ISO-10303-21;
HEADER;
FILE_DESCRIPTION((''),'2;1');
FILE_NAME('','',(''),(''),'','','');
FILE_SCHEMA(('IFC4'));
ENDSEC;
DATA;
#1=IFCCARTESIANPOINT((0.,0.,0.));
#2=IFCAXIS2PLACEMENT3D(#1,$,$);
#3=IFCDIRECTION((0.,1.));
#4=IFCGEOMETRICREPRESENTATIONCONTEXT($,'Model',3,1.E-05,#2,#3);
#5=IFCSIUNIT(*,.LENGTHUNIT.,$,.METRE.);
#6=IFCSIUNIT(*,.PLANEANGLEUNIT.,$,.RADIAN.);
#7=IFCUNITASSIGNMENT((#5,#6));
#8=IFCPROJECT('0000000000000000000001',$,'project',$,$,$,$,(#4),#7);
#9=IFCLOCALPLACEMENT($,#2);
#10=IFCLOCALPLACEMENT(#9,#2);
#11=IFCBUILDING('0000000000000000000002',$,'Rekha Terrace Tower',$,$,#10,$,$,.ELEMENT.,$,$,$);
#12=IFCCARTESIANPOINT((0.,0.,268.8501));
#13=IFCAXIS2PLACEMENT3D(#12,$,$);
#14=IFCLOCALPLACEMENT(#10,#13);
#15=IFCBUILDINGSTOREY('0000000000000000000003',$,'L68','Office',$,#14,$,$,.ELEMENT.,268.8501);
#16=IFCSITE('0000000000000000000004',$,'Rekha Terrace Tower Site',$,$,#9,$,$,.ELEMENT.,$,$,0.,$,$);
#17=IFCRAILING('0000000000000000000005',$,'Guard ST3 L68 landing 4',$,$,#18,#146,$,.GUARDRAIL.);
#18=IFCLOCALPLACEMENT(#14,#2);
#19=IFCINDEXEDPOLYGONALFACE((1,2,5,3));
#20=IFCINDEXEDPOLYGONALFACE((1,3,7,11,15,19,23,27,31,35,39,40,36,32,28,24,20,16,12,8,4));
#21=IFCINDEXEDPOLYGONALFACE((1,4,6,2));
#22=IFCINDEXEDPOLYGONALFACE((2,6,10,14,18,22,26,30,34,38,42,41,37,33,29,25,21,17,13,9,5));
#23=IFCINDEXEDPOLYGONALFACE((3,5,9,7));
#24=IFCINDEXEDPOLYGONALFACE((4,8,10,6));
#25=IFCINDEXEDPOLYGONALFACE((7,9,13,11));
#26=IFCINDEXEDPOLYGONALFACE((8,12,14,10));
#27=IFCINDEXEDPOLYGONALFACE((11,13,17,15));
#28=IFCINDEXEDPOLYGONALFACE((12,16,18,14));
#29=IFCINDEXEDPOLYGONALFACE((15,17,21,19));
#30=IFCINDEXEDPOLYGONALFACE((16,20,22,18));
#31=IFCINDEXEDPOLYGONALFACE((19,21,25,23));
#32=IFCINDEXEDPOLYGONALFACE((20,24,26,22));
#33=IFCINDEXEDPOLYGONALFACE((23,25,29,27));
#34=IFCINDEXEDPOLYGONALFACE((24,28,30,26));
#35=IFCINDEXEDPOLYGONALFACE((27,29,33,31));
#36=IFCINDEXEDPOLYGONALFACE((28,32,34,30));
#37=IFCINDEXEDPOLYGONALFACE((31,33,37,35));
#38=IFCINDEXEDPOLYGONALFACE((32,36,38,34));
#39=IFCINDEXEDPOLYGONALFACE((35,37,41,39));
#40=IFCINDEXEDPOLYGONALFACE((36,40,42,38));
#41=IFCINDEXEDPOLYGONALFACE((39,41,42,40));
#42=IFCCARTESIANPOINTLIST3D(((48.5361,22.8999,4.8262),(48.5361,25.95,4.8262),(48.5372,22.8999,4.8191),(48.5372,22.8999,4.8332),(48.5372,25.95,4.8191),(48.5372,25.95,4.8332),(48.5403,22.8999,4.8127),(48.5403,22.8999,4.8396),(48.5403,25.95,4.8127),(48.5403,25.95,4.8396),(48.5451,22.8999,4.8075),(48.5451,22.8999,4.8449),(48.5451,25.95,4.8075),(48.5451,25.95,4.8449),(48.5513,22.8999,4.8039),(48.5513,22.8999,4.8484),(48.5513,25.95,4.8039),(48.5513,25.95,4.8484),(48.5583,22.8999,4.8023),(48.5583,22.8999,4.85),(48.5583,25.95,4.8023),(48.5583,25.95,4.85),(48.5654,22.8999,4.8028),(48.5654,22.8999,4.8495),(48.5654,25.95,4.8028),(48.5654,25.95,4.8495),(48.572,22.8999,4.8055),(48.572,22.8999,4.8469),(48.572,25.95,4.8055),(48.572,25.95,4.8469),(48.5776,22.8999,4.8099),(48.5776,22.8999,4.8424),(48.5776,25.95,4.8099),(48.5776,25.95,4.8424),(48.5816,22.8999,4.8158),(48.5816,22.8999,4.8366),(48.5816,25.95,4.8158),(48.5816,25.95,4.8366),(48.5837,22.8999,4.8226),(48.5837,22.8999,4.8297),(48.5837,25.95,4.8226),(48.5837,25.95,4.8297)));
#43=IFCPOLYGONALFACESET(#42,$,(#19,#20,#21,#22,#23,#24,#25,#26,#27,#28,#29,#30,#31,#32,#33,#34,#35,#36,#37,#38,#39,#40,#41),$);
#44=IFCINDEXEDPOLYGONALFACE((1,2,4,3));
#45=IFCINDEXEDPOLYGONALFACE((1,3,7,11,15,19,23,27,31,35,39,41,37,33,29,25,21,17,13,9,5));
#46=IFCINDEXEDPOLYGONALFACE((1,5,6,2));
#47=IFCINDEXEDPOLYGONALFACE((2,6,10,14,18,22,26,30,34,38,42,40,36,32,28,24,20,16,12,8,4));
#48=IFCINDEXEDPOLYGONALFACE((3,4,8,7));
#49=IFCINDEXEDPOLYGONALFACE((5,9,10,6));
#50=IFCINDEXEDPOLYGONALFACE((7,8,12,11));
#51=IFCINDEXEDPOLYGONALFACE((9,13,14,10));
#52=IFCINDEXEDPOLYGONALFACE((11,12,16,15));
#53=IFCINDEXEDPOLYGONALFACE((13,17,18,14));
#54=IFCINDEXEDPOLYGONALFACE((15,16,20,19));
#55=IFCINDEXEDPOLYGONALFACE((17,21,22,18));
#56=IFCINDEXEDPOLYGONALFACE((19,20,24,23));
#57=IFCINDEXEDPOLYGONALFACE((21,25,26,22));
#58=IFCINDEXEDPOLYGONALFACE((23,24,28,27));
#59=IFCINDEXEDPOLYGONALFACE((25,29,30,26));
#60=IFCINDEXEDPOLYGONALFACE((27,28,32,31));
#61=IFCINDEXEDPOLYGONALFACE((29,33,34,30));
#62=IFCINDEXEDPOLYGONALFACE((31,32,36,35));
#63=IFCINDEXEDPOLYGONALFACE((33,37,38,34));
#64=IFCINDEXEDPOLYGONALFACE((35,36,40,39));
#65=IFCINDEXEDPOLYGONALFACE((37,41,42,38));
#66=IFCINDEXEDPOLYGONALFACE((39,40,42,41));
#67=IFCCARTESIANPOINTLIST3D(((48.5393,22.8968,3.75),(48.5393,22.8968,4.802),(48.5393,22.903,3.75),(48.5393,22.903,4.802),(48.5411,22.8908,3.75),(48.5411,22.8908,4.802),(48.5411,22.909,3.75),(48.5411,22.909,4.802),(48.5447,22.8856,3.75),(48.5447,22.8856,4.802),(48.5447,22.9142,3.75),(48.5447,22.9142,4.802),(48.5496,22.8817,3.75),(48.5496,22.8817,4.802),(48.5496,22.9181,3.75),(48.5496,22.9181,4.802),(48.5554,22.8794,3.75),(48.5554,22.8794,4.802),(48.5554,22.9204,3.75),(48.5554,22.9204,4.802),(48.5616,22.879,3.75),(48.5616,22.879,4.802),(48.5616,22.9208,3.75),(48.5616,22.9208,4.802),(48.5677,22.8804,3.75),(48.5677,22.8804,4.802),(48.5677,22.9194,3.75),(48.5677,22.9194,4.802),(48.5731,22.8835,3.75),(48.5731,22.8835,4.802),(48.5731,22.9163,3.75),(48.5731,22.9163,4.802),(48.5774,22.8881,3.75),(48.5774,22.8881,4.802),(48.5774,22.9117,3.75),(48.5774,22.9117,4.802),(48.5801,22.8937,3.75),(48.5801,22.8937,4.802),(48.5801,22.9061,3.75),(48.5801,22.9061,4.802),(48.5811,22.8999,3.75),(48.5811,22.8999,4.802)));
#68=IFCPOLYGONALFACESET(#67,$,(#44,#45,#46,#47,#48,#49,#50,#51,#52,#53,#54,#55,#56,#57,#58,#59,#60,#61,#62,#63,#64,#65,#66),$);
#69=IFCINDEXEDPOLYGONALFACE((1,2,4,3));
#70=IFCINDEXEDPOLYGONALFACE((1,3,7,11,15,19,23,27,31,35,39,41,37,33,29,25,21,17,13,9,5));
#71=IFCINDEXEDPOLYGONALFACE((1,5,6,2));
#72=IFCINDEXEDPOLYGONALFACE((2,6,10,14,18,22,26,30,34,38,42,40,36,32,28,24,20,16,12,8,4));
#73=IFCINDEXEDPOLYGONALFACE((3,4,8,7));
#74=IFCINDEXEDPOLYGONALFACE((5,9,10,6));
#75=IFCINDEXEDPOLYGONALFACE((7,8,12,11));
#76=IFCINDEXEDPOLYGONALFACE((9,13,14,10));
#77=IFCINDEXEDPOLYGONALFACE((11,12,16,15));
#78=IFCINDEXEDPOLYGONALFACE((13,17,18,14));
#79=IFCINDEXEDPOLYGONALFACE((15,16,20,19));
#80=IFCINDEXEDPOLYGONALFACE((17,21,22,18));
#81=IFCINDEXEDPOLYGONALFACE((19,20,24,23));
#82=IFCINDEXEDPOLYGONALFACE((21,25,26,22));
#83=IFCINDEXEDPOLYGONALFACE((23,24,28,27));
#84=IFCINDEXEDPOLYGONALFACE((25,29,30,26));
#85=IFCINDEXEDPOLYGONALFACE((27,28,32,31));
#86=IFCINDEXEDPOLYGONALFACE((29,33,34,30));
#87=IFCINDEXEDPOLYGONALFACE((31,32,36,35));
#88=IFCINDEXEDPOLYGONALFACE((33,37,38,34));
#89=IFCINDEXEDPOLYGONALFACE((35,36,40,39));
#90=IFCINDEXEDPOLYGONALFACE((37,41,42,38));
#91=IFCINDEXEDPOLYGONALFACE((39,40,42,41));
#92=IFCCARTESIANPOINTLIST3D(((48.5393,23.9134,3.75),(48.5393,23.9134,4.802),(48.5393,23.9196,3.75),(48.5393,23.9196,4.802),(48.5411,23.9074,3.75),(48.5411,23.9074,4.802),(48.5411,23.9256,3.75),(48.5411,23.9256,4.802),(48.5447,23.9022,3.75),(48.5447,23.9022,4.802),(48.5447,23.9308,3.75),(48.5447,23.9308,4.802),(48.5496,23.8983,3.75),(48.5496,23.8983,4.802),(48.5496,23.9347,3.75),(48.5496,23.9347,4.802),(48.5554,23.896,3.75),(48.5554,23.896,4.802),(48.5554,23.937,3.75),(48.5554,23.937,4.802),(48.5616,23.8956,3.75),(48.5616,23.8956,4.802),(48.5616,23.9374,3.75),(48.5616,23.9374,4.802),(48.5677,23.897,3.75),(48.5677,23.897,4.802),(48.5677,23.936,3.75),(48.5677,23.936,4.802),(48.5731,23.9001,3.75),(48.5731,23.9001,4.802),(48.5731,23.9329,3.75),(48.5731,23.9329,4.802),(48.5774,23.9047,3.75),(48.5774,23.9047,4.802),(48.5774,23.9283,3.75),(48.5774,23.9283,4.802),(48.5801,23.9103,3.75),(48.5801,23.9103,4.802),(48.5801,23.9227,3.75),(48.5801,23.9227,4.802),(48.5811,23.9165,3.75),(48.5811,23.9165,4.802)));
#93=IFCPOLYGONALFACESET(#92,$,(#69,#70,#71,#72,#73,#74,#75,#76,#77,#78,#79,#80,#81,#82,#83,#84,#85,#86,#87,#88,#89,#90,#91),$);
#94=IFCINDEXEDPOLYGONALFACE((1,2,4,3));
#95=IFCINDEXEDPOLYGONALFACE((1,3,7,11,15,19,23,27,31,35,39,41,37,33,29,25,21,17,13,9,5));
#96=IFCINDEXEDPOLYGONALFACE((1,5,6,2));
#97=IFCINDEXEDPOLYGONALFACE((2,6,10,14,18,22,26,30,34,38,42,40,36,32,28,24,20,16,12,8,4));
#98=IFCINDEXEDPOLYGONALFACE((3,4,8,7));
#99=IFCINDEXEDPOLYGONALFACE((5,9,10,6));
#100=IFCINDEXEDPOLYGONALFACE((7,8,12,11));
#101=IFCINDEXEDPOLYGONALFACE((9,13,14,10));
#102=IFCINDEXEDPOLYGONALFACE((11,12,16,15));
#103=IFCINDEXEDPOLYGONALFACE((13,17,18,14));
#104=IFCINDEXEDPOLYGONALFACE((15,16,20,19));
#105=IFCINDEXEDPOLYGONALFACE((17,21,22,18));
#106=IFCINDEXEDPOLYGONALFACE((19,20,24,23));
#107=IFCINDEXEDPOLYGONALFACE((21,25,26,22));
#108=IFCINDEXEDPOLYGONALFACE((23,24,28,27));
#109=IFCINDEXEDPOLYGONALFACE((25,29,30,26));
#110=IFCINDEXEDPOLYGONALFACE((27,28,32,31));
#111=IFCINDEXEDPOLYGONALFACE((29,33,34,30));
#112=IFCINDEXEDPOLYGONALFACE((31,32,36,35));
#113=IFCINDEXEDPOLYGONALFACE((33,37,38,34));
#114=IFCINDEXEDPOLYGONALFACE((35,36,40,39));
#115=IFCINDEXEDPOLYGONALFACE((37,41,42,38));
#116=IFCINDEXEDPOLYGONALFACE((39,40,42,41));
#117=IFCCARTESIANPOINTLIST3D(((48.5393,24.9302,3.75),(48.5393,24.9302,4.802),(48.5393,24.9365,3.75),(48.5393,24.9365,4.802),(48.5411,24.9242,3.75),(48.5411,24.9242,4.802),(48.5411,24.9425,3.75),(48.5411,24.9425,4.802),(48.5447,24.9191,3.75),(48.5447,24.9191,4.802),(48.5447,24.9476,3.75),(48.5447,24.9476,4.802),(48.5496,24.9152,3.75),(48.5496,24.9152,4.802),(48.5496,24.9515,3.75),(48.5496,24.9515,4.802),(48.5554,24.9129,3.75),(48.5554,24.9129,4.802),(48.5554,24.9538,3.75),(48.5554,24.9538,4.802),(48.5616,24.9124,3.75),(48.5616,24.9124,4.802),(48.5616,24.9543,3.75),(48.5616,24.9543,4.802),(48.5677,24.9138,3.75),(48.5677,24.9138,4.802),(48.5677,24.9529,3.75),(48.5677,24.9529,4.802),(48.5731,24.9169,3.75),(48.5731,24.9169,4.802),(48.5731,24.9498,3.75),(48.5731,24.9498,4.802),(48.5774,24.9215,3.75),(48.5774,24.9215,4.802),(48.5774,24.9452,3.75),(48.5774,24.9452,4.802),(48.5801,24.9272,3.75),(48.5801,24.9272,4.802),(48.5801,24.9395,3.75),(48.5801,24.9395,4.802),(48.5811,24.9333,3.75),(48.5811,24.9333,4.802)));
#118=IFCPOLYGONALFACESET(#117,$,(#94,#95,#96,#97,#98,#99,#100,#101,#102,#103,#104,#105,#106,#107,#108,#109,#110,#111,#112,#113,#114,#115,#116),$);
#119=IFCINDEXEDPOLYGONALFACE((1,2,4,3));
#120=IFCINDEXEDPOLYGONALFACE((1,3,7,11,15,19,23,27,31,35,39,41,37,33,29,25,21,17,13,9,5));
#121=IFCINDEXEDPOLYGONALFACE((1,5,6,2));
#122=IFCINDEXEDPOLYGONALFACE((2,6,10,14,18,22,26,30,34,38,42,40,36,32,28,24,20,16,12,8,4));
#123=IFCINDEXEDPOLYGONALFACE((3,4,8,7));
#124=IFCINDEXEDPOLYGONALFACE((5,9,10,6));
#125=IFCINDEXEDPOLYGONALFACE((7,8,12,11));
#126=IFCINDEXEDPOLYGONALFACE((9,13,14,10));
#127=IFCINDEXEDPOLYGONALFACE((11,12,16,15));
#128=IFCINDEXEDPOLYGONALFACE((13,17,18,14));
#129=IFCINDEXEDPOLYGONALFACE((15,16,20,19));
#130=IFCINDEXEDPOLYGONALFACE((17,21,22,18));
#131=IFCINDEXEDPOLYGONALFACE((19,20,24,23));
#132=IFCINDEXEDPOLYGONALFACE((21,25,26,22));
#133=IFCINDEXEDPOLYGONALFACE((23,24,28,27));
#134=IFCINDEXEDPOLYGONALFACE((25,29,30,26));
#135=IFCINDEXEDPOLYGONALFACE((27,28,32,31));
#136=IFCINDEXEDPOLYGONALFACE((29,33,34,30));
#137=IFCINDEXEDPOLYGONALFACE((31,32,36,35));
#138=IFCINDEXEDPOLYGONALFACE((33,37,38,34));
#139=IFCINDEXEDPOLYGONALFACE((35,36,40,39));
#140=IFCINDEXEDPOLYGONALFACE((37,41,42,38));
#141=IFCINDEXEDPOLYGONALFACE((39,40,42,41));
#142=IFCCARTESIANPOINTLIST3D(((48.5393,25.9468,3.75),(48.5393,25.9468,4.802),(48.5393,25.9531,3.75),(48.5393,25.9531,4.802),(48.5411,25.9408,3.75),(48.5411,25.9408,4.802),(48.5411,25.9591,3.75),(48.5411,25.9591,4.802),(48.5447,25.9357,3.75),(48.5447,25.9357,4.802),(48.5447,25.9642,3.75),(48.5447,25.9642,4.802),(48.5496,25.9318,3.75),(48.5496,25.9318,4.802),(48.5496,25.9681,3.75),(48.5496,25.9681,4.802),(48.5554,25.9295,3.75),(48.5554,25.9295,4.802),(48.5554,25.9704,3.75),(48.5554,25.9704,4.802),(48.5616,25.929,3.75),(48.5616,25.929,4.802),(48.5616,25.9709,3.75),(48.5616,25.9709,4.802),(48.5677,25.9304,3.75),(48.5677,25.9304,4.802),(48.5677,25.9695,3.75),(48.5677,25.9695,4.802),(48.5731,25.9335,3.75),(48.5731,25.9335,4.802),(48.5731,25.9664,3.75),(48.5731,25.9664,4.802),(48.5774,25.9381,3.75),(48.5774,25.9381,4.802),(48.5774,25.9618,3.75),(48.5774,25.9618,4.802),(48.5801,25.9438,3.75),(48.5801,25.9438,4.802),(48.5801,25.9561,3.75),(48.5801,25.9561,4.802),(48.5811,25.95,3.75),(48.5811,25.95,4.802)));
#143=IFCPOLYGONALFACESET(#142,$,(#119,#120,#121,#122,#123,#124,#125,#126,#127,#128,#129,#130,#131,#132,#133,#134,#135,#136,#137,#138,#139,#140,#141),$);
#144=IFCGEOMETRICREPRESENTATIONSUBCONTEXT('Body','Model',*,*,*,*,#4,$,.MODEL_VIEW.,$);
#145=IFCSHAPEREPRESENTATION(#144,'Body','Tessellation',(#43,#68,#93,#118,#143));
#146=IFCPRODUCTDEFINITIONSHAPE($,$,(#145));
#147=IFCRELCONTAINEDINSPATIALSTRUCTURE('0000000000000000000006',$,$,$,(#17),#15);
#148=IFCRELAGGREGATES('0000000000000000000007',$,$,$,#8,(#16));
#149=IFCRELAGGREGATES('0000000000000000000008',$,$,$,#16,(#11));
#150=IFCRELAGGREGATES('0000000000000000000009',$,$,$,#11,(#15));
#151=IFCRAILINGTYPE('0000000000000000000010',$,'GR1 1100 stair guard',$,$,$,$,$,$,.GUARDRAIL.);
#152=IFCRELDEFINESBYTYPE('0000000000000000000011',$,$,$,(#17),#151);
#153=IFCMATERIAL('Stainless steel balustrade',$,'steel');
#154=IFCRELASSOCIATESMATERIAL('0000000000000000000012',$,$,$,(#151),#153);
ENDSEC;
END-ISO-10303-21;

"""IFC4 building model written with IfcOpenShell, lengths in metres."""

from ifc_helpers import new_model, si_unit, direction, frame, origin, origin_2d, place, context, subcontext, project, spatial, circle, extrude, material, type_object, element, save


model = new_model("IFC4")

# Units and contexts
model_context = context("Model", 3, precision=1e-05, world=origin(), true_north=direction((0.0, 1.0)))
body_context = subcontext(model_context, "Body", "Model", "MODEL_VIEW")
ifc_project = project(units=[si_unit("LENGTHUNIT", "METRE"), si_unit("PLANEANGLEUNIT", "RADIAN")], contexts=[model_context])

# Site, building, storey
site_placement = place(None, origin())
site = spatial("IfcSite", under=ifc_project, at=site_placement, Name="Rekha Terrace Tower Site", CompositionType="ELEMENT", RefElevation=0.0)
building_placement = place(site_placement, origin())
building = spatial("IfcBuilding", under=site, at=building_placement, Name="Rekha Terrace Tower", CompositionType="ELEMENT")
storey_placement = place(building_placement, frame((0.0, 0.0, 268.8501)))
storey = spatial("IfcBuildingStorey", under=building, at=storey_placement, Name="L68", Description="Office", CompositionType="ELEMENT", Elevation=268.8501)

# Railing
ifc_material_1 = material(Name="Stainless steel balustrade", Category="steel")
railing_type_1 = type_object("IfcRailingType", Name="GR1 1100 stair guard", PredefinedType="GUARDRAIL", material=ifc_material_1)
railing_1_placement = place(storey_placement, frame((48.5601, 22.8999, 3.75)))
element("IfcRailing", 1, at=railing_1_placement, inside=storey, type_object=railing_type_1, Name="Guard ST3 L68 landing 4", PredefinedType="GUARDRAIL", context=body_context, shape_type="SweptSolid", body=[
    extrude(circle(Radius=0.0239, at=origin_2d()), frame((0.0, 0.0, 1.0762), z_axis=(0.0, 1.0, 0.0), x_axis=(-1.0, 0.0, 0.0)), (0.0, 0.0, 1.0), 3.05),
    extrude(circle(Radius=0.021, at=origin_2d()), origin(), (0.0, 0.0, 1.0), 1.052),
    extrude(circle(Radius=0.021, at=origin_2d()), frame((0.0, 1.0166, 0.0)), (0.0, 0.0, 1.0), 1.052),
    extrude(circle(Radius=0.021, at=origin_2d()), frame((0.0, 2.0334, 0.0)), (0.0, 0.0, 1.0), 1.052),
    extrude(circle(Radius=0.021, at=origin_2d()), frame((0.0, 3.05, 0.0)), (0.0, 0.0, 1.0), 1.052),
])

save(model, "model.ifc")
